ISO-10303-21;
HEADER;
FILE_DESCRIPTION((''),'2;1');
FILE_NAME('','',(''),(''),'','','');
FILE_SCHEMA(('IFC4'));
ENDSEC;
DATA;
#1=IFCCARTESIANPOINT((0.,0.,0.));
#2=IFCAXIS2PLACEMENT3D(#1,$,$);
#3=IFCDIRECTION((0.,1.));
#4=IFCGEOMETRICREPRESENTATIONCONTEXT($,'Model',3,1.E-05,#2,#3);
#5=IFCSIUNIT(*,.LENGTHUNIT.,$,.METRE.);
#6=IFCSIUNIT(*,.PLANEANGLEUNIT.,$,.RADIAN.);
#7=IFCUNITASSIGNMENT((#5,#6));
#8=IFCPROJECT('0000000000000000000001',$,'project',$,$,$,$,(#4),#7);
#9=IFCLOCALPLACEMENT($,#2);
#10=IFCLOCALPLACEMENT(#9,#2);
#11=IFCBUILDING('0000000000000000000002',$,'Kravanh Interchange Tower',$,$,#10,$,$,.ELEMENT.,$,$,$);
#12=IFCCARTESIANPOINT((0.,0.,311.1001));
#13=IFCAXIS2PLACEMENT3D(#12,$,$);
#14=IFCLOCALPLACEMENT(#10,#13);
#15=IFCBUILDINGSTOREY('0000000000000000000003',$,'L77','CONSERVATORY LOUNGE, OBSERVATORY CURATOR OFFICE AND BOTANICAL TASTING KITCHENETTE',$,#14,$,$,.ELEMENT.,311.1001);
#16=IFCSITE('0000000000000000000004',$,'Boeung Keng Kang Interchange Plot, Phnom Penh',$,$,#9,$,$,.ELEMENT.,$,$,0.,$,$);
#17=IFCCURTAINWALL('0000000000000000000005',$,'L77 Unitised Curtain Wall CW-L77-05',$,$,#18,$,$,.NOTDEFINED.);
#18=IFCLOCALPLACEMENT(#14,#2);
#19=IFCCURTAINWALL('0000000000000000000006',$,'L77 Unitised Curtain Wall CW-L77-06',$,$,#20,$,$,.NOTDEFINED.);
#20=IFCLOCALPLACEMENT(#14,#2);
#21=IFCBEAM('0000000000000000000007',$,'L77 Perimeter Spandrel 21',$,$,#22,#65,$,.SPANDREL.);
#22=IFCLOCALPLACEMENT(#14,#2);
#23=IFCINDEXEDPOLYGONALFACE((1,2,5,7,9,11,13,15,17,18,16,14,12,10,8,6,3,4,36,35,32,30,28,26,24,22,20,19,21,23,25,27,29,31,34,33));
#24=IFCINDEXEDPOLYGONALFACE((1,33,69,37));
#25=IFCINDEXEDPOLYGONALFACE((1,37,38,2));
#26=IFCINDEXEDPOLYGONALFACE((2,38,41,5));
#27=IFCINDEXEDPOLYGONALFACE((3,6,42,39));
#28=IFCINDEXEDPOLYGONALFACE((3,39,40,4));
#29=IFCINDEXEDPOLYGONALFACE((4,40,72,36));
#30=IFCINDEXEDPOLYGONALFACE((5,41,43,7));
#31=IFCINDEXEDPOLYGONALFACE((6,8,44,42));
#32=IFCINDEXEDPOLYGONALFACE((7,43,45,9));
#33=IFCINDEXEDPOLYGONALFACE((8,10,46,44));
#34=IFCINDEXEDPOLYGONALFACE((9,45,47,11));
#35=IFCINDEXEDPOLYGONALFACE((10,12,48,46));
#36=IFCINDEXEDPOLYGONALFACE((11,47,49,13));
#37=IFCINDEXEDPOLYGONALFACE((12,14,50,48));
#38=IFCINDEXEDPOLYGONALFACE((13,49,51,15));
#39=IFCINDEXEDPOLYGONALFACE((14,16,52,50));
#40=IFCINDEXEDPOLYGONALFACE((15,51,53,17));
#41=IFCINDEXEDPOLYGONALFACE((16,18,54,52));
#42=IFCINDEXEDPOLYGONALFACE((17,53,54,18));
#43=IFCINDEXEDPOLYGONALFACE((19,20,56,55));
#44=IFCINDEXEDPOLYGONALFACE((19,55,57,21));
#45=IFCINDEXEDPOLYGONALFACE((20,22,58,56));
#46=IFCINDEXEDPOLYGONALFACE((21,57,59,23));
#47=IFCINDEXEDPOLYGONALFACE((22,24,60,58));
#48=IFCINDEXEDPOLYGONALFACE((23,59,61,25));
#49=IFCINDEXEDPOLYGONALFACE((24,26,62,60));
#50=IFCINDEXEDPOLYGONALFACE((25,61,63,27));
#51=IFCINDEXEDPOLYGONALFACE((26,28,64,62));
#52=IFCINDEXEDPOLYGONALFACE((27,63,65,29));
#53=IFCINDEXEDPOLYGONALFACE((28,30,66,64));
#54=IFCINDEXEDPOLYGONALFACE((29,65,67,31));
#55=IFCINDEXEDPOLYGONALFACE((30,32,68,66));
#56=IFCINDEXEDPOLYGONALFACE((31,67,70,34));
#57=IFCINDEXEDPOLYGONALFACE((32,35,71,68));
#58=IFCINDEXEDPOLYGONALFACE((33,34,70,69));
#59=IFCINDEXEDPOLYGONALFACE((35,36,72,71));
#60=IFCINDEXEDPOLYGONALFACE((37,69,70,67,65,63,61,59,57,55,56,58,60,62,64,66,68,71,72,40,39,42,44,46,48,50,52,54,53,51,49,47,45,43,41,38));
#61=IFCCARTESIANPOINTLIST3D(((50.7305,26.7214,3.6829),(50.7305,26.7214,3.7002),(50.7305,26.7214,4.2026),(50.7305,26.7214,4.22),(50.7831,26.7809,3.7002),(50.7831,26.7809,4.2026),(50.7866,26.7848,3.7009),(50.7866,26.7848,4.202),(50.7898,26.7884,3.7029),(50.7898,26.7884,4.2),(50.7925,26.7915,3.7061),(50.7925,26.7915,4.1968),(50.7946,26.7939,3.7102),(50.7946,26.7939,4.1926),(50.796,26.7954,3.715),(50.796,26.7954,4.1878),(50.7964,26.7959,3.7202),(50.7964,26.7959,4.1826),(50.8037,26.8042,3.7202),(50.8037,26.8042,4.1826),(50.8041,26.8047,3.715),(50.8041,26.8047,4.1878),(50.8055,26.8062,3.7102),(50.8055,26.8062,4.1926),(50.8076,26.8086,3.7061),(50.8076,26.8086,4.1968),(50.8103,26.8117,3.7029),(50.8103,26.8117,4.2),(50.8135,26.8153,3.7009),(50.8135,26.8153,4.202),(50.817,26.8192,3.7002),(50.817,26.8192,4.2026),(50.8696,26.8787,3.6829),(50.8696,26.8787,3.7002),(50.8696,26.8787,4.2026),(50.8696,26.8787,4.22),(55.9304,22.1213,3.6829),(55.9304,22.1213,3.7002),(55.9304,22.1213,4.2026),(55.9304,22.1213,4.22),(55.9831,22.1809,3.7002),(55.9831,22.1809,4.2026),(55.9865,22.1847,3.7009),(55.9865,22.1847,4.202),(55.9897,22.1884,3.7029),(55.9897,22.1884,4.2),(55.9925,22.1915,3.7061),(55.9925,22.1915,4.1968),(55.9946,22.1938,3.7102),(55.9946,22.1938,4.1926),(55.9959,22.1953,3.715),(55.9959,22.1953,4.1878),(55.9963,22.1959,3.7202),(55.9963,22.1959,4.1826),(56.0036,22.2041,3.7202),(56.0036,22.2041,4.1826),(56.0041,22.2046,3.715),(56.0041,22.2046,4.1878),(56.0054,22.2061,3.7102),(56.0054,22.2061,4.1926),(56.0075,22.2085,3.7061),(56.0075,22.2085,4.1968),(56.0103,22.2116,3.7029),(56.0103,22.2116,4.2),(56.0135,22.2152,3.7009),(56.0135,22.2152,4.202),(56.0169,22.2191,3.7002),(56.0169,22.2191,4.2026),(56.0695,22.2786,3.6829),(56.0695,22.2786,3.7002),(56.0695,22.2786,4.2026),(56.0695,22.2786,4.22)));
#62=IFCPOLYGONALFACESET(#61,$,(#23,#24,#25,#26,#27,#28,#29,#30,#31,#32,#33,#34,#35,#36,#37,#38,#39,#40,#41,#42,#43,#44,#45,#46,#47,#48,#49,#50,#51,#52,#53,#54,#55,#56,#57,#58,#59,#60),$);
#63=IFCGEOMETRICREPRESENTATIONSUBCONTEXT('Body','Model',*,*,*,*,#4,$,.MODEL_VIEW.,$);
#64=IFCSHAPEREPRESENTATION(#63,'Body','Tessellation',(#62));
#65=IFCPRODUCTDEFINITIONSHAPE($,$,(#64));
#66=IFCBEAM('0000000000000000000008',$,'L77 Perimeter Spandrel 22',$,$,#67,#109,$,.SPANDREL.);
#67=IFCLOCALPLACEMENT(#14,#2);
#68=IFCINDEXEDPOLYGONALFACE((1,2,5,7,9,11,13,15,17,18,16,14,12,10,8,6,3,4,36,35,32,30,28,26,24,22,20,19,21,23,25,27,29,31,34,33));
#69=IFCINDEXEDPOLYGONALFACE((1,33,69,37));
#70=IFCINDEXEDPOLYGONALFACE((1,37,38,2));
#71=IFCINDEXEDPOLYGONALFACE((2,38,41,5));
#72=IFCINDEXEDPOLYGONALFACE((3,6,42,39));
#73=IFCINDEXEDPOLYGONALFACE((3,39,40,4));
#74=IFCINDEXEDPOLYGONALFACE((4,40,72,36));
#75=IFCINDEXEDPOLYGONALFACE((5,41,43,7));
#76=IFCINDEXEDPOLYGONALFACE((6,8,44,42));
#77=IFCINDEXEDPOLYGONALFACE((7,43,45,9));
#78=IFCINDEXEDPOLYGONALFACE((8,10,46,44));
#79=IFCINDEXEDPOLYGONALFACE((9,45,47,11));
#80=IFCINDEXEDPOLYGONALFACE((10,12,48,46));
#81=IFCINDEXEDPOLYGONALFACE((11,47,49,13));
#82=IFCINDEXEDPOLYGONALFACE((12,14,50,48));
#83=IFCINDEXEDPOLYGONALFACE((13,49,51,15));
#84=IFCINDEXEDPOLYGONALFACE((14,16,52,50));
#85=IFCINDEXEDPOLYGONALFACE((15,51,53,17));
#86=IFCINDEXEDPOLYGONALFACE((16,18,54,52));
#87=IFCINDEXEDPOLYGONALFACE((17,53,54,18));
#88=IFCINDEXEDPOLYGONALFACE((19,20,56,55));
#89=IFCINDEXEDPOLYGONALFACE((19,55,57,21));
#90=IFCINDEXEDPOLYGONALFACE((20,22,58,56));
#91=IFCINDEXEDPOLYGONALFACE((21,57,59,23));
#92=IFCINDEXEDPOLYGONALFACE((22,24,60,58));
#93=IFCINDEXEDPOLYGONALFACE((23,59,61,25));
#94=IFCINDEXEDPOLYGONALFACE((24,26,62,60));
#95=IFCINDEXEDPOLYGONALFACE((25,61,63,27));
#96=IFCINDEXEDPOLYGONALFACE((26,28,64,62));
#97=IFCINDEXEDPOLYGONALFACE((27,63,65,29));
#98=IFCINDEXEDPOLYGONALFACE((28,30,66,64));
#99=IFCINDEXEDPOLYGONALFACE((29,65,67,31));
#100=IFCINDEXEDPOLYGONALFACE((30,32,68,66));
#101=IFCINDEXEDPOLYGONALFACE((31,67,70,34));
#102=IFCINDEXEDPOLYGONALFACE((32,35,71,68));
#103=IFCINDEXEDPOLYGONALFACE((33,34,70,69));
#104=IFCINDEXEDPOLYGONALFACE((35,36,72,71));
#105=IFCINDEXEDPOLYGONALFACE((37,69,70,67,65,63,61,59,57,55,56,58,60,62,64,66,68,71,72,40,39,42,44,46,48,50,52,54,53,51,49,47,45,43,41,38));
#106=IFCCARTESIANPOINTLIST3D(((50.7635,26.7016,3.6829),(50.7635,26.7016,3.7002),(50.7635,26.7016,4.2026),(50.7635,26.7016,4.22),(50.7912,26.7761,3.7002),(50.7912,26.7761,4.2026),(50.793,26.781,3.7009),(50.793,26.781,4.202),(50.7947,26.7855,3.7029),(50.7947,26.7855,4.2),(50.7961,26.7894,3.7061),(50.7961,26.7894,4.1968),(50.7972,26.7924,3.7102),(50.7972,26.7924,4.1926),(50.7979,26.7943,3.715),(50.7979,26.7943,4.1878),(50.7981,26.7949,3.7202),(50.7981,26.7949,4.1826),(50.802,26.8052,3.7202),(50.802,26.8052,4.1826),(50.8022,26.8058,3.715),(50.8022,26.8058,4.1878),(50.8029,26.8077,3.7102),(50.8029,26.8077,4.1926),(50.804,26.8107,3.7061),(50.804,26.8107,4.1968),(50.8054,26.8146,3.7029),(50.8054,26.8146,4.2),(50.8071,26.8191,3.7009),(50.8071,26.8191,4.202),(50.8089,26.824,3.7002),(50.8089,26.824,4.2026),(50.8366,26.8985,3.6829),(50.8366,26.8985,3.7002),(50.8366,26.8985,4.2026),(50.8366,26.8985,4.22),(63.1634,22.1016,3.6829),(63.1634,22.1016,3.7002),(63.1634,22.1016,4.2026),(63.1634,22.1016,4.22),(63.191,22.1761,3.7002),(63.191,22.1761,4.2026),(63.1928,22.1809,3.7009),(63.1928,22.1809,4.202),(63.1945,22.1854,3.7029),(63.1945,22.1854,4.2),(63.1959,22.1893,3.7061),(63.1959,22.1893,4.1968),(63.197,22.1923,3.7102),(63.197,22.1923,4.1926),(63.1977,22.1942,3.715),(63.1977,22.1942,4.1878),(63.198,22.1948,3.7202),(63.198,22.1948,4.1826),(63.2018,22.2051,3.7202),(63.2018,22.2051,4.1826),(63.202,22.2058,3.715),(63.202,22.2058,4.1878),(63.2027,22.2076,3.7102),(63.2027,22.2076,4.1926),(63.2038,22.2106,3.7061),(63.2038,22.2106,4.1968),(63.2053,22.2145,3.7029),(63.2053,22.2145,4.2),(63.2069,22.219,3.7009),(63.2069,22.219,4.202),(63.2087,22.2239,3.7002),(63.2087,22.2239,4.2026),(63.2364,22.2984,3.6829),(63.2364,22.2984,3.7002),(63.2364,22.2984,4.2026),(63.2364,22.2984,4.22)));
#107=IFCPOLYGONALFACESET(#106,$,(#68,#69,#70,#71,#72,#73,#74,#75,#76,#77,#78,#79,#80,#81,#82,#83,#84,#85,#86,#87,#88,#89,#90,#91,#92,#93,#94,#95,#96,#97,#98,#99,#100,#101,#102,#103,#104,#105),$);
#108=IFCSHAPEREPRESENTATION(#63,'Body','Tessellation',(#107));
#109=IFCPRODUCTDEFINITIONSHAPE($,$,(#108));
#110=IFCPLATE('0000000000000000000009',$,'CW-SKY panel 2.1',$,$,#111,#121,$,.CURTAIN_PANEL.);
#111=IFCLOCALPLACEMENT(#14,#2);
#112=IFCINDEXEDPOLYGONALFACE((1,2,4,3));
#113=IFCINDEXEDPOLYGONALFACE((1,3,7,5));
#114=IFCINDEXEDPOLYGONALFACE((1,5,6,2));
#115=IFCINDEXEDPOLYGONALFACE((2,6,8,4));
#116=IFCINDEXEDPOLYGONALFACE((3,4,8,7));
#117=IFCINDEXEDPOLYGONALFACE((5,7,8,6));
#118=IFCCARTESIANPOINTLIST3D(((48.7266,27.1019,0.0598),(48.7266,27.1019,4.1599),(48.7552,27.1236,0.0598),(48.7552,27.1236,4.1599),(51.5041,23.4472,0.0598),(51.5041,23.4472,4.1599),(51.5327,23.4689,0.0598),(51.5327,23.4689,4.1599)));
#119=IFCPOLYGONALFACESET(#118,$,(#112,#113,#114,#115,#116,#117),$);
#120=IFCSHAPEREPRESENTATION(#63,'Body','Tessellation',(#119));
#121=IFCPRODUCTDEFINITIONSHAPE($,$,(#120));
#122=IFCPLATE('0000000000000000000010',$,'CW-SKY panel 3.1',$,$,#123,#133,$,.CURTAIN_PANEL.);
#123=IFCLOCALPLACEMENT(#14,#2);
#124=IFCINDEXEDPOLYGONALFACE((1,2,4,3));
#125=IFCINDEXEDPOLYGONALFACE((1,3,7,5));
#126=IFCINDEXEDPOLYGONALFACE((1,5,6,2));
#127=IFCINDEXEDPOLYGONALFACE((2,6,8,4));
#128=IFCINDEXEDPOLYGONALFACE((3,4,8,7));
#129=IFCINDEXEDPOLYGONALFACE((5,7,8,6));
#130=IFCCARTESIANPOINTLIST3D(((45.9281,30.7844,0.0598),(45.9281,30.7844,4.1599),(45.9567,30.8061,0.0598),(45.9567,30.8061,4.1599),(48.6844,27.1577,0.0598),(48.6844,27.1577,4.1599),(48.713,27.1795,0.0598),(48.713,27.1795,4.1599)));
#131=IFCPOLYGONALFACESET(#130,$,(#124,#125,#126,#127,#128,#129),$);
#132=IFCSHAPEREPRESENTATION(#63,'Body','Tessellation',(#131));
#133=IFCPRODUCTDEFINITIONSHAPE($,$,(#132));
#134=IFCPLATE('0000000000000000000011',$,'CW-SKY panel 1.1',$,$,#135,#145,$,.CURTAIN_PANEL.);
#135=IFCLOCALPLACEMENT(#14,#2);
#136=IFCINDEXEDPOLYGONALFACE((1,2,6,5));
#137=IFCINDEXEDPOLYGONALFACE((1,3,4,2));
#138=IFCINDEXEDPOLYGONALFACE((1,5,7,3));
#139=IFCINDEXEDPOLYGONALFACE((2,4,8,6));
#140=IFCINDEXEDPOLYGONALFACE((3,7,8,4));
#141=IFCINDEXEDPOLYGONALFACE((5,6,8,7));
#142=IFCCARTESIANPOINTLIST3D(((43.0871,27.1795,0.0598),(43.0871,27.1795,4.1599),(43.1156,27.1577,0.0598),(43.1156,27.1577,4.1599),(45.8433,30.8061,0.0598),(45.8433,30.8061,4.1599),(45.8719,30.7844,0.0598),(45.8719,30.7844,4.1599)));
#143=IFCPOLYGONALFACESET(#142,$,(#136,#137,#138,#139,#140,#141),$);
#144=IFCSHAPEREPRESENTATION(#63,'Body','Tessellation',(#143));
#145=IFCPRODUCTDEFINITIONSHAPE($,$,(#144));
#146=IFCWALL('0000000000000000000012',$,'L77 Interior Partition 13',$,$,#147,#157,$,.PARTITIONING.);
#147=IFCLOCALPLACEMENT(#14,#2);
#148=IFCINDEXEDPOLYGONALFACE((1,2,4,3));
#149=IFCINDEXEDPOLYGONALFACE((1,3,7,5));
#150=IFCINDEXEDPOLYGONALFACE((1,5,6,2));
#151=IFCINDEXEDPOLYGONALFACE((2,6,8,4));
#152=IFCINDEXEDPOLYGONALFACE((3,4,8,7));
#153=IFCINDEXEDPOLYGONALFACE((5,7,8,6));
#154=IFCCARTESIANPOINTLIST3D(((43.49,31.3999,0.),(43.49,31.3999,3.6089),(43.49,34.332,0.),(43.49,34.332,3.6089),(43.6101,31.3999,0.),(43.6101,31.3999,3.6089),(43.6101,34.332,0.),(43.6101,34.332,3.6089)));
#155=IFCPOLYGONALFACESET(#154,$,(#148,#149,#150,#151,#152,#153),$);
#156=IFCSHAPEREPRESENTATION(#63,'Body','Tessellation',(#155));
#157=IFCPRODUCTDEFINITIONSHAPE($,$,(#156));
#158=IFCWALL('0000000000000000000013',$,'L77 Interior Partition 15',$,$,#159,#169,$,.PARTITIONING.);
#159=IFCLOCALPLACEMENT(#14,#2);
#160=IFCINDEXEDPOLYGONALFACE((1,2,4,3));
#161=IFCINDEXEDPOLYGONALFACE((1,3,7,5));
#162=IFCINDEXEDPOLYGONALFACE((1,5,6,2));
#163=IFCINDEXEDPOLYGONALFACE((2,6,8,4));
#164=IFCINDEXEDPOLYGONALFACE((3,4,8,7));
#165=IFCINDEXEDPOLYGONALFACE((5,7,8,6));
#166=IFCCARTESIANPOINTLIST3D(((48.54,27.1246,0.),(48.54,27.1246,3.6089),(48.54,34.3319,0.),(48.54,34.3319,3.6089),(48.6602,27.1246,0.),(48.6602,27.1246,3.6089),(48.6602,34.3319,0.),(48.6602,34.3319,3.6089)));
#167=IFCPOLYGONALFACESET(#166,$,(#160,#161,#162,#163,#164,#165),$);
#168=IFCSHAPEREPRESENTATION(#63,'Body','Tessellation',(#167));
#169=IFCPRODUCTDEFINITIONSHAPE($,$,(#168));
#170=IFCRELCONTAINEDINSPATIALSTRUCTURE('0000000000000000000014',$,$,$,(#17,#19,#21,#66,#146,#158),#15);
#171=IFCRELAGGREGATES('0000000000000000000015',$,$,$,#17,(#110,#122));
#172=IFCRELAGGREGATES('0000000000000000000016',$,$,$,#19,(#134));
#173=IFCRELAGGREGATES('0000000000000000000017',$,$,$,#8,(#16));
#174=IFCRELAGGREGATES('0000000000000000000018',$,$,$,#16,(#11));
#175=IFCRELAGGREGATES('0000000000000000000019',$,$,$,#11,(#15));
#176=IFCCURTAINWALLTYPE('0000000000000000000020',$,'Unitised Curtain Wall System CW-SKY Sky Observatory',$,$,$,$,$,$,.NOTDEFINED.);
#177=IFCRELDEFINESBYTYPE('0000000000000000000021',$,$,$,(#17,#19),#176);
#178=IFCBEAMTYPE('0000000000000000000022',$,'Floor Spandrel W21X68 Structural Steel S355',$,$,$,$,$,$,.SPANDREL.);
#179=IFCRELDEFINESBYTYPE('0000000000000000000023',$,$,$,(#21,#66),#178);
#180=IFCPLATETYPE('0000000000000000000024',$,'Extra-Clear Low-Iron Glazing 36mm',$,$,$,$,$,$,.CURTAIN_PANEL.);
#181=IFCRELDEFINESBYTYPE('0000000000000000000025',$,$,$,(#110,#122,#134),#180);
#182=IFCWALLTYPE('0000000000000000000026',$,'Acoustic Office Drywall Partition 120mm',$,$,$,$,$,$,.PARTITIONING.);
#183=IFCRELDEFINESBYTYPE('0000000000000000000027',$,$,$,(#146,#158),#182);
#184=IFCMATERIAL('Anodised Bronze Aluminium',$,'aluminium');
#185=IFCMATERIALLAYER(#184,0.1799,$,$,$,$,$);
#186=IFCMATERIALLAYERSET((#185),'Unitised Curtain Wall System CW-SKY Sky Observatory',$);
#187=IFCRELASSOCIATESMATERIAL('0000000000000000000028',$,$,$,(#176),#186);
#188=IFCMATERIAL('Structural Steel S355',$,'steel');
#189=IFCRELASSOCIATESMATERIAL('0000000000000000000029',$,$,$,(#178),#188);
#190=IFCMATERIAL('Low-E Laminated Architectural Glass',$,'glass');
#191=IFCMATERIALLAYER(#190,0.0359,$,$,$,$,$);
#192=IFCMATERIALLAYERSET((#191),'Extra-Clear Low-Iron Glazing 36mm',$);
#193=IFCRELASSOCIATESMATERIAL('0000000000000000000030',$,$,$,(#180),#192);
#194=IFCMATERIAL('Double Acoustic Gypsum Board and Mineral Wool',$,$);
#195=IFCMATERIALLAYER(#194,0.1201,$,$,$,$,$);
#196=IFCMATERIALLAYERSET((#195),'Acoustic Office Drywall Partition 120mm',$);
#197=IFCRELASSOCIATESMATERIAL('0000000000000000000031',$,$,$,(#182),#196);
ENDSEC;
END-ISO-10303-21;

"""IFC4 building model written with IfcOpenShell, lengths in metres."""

from ifc_helpers import new_model, si_unit, direction, frame, frame_2d, origin, origin_2d, place, context, subcontext, project, spatial, rectangle, i_section, extrude, material, layer, layer_set, material_profile, profile_set, type_object, element, aggregate, save


model = new_model("IFC4")

# Units and contexts
model_context = context("Model", 3, precision=1e-05, world=origin(), true_north=direction((0.0, 1.0)))
body_context = subcontext(model_context, "Body", "Model", "MODEL_VIEW")
ifc_project = project(units=[si_unit("LENGTHUNIT", "METRE"), si_unit("PLANEANGLEUNIT", "RADIAN")], contexts=[model_context])

# Site, building, storey
site_placement = place(None, origin())
site = spatial("IfcSite", under=ifc_project, at=site_placement, Name="Boeung Keng Kang Interchange Plot, Phnom Penh", CompositionType="ELEMENT", RefElevation=0.0)
building_placement = place(site_placement, origin())
building = spatial("IfcBuilding", under=site, at=building_placement, Name="Kravanh Interchange Tower", CompositionType="ELEMENT")
storey_placement = place(building_placement, frame((0.0, 0.0, 311.1001)))
storey = spatial("IfcBuildingStorey", under=building, at=storey_placement, Name="L77", Description="CONSERVATORY LOUNGE, OBSERVATORY CURATOR OFFICE AND BOTANICAL TASTING KITCHENETTE", CompositionType="ELEMENT", Elevation=311.1001)

# Curtain walls
ifc_material_1 = material(Name="Anodised Bronze Aluminium", Category="aluminium")
ifc_layer_1 = layer(ifc_material_1, 0.1799)
ifc_layer_set_1 = layer_set([ifc_layer_1], Name="Unitised Curtain Wall System CW-SKY Sky Observatory")
curtain_wall_type = type_object("IfcCurtainWallType", Name="Unitised Curtain Wall System CW-SKY Sky Observatory", PredefinedType="NOTDEFINED", material=ifc_layer_set_1)
curtain_wall_1_placement = place(storey_placement, origin())
curtain_wall_1 = element("IfcCurtainWall", 1, at=curtain_wall_1_placement, inside=storey, type_object=curtain_wall_type, Name="L77 Unitised Curtain Wall CW-L77-05", PredefinedType="NOTDEFINED")
curtain_wall_2_placement = place(storey_placement, origin())
curtain_wall_2 = element("IfcCurtainWall", 2, at=curtain_wall_2_placement, inside=storey, type_object=curtain_wall_type, Name="L77 Unitised Curtain Wall CW-L77-06", PredefinedType="NOTDEFINED")

# Beams
ifc_material_2 = material(Name="Structural Steel S355", Category="steel")
ifc_material_profile_1 = material_profile(ifc_material_2, i_section(OverallWidth=0.21, OverallDepth=0.5371, WebThickness=0.011, FlangeThickness=0.0173, FilletRadius=0.02, at=origin_2d()), Name="W21X68")
ifc_profile_set_1 = profile_set([ifc_material_profile_1], Name="Structural Steel S355")
beam_type_1 = type_object("IfcBeamType", Name="Floor Spandrel W21X68 Structural Steel S355", PredefinedType="SPANDREL", material=ifc_profile_set_1)
beam_1_placement = place(storey_placement, frame((50.8, 26.8, 3.9514), z_axis=(0.748986, -0.662585, 0.0), x_axis=(0.662585, 0.748986, 0.0)))
element("IfcBeam", 3, at=beam_1_placement, inside=storey, type_object=beam_type_1, Name="L77 Perimeter Spandrel 21", PredefinedType="SPANDREL", context=body_context, shape_type="SweptSolid", body=[
    extrude(i_section(OverallWidth=0.21, OverallDepth=0.5371, WebThickness=0.011, FlangeThickness=0.0173, FilletRadius=0.02, at=origin_2d()), origin(), (0.0, 0.0, 1.0), 6.9426),
])
beam_2_placement = place(storey_placement, frame((50.8, 26.8, 3.9514), z_axis=(0.937563, -0.347816, 0.0), x_axis=(0.347816, 0.937563, 0.0)))
element("IfcBeam", 4, at=beam_2_placement, inside=storey, type_object=beam_type_1, Name="L77 Perimeter Spandrel 22", PredefinedType="SPANDREL", context=body_context, shape_type="SweptSolid", body=[
    extrude(i_section(OverallWidth=0.21, OverallDepth=0.5371, WebThickness=0.011, FlangeThickness=0.0173, FilletRadius=0.02, at=origin_2d()), origin(), (0.0, 0.0, 1.0), 13.2256),
])

# Plates
ifc_material_3 = material(Name="Low-E Laminated Architectural Glass", Category="glass")
ifc_layer_2 = layer(ifc_material_3, 0.0359)
ifc_layer_set_2 = layer_set([ifc_layer_2], Name="Extra-Clear Low-Iron Glazing 36mm")
plate_type = type_object("IfcPlateType", Name="Extra-Clear Low-Iron Glazing 36mm", PredefinedType="CURTAIN_PANEL", material=ifc_layer_set_2)
plate_1_placement = place(storey_placement, frame((50.1296, 25.2854, 0.0598), z_axis=(0.0, 0.0, 1.0), x_axis=(-0.605084, 0.796162, 0.0)))
plate_1 = element("IfcPlate", 5, at=plate_1_placement, type_object=plate_type, Name="CW-SKY panel 2.1", PredefinedType="CURTAIN_PANEL", context=body_context, shape_type="SweptSolid", body=[
    extrude(rectangle(XDim=4.5903, YDim=0.0359, at=origin_2d()), origin(), (0.0, 0.0, 1.0), 4.1001),
])
plate_2_placement = place(storey_placement, frame((47.3206, 28.9819, 0.0598), z_axis=(0.0, 0.0, 1.0), x_axis=(-0.605084, 0.796162, 0.0)))
plate_2 = element("IfcPlate", 6, at=plate_2_placement, type_object=plate_type, Name="CW-SKY panel 3.1", PredefinedType="CURTAIN_PANEL", context=body_context, shape_type="SweptSolid", body=[
    extrude(rectangle(XDim=4.5552, YDim=0.0359, at=origin_2d()), origin(), (0.0, 0.0, 1.0), 4.1001),
])
aggregate(curtain_wall_1, [plate_1, plate_2])
plate_3_placement = place(storey_placement, frame((44.4795, 28.9819, 0.0598), z_axis=(0.0, 0.0, 1.0), x_axis=(-0.605084, -0.796162, 0.0)))
plate_3 = element("IfcPlate", 7, at=plate_3_placement, type_object=plate_type, Name="CW-SKY panel 1.1", PredefinedType="CURTAIN_PANEL", context=body_context, shape_type="SweptSolid", body=[
    extrude(rectangle(XDim=4.5552, YDim=0.0359, at=origin_2d()), origin(), (0.0, 0.0, 1.0), 4.1001),
])
aggregate(curtain_wall_2, [plate_3])

# Walls
ifc_material_4 = material(Name="Double Acoustic Gypsum Board and Mineral Wool")
ifc_layer_3 = layer(ifc_material_4, 0.1201)
ifc_layer_set_3 = layer_set([ifc_layer_3], Name="Acoustic Office Drywall Partition 120mm")
wall_type = type_object("IfcWallType", Name="Acoustic Office Drywall Partition 120mm", PredefinedType="PARTITIONING", material=ifc_layer_set_3)
wall_1_placement = place(storey_placement, frame((43.55, 31.3999, 0.0), z_axis=(0.0, 0.0, 1.0), x_axis=(0.0, 1.0, 0.0)))
element("IfcWall", 8, at=wall_1_placement, inside=storey, type_object=wall_type, Name="L77 Interior Partition 13", PredefinedType="PARTITIONING", context=body_context, shape_type="SweptSolid", body=[
    extrude(rectangle(XDim=2.9321, YDim=0.1201, at=frame_2d((1.4661, 0.0))), origin(), (0.0, 0.0, 1.0), 3.6089),
])
wall_2_placement = place(storey_placement, frame((48.6001, 27.1248, 0.0), z_axis=(0.0, 0.0, 1.0), x_axis=(0.0, 1.0, 0.0)))
element("IfcWall", 9, at=wall_2_placement, inside=storey, type_object=wall_type, Name="L77 Interior Partition 15", PredefinedType="PARTITIONING", context=body_context, shape_type="SweptSolid", body=[
    extrude(rectangle(XDim=7.2073, YDim=0.1201, at=frame_2d((3.6035, 0.0))), origin(), (0.0, 0.0, 1.0), 3.6089),
])

save(model, "model.ifc")
